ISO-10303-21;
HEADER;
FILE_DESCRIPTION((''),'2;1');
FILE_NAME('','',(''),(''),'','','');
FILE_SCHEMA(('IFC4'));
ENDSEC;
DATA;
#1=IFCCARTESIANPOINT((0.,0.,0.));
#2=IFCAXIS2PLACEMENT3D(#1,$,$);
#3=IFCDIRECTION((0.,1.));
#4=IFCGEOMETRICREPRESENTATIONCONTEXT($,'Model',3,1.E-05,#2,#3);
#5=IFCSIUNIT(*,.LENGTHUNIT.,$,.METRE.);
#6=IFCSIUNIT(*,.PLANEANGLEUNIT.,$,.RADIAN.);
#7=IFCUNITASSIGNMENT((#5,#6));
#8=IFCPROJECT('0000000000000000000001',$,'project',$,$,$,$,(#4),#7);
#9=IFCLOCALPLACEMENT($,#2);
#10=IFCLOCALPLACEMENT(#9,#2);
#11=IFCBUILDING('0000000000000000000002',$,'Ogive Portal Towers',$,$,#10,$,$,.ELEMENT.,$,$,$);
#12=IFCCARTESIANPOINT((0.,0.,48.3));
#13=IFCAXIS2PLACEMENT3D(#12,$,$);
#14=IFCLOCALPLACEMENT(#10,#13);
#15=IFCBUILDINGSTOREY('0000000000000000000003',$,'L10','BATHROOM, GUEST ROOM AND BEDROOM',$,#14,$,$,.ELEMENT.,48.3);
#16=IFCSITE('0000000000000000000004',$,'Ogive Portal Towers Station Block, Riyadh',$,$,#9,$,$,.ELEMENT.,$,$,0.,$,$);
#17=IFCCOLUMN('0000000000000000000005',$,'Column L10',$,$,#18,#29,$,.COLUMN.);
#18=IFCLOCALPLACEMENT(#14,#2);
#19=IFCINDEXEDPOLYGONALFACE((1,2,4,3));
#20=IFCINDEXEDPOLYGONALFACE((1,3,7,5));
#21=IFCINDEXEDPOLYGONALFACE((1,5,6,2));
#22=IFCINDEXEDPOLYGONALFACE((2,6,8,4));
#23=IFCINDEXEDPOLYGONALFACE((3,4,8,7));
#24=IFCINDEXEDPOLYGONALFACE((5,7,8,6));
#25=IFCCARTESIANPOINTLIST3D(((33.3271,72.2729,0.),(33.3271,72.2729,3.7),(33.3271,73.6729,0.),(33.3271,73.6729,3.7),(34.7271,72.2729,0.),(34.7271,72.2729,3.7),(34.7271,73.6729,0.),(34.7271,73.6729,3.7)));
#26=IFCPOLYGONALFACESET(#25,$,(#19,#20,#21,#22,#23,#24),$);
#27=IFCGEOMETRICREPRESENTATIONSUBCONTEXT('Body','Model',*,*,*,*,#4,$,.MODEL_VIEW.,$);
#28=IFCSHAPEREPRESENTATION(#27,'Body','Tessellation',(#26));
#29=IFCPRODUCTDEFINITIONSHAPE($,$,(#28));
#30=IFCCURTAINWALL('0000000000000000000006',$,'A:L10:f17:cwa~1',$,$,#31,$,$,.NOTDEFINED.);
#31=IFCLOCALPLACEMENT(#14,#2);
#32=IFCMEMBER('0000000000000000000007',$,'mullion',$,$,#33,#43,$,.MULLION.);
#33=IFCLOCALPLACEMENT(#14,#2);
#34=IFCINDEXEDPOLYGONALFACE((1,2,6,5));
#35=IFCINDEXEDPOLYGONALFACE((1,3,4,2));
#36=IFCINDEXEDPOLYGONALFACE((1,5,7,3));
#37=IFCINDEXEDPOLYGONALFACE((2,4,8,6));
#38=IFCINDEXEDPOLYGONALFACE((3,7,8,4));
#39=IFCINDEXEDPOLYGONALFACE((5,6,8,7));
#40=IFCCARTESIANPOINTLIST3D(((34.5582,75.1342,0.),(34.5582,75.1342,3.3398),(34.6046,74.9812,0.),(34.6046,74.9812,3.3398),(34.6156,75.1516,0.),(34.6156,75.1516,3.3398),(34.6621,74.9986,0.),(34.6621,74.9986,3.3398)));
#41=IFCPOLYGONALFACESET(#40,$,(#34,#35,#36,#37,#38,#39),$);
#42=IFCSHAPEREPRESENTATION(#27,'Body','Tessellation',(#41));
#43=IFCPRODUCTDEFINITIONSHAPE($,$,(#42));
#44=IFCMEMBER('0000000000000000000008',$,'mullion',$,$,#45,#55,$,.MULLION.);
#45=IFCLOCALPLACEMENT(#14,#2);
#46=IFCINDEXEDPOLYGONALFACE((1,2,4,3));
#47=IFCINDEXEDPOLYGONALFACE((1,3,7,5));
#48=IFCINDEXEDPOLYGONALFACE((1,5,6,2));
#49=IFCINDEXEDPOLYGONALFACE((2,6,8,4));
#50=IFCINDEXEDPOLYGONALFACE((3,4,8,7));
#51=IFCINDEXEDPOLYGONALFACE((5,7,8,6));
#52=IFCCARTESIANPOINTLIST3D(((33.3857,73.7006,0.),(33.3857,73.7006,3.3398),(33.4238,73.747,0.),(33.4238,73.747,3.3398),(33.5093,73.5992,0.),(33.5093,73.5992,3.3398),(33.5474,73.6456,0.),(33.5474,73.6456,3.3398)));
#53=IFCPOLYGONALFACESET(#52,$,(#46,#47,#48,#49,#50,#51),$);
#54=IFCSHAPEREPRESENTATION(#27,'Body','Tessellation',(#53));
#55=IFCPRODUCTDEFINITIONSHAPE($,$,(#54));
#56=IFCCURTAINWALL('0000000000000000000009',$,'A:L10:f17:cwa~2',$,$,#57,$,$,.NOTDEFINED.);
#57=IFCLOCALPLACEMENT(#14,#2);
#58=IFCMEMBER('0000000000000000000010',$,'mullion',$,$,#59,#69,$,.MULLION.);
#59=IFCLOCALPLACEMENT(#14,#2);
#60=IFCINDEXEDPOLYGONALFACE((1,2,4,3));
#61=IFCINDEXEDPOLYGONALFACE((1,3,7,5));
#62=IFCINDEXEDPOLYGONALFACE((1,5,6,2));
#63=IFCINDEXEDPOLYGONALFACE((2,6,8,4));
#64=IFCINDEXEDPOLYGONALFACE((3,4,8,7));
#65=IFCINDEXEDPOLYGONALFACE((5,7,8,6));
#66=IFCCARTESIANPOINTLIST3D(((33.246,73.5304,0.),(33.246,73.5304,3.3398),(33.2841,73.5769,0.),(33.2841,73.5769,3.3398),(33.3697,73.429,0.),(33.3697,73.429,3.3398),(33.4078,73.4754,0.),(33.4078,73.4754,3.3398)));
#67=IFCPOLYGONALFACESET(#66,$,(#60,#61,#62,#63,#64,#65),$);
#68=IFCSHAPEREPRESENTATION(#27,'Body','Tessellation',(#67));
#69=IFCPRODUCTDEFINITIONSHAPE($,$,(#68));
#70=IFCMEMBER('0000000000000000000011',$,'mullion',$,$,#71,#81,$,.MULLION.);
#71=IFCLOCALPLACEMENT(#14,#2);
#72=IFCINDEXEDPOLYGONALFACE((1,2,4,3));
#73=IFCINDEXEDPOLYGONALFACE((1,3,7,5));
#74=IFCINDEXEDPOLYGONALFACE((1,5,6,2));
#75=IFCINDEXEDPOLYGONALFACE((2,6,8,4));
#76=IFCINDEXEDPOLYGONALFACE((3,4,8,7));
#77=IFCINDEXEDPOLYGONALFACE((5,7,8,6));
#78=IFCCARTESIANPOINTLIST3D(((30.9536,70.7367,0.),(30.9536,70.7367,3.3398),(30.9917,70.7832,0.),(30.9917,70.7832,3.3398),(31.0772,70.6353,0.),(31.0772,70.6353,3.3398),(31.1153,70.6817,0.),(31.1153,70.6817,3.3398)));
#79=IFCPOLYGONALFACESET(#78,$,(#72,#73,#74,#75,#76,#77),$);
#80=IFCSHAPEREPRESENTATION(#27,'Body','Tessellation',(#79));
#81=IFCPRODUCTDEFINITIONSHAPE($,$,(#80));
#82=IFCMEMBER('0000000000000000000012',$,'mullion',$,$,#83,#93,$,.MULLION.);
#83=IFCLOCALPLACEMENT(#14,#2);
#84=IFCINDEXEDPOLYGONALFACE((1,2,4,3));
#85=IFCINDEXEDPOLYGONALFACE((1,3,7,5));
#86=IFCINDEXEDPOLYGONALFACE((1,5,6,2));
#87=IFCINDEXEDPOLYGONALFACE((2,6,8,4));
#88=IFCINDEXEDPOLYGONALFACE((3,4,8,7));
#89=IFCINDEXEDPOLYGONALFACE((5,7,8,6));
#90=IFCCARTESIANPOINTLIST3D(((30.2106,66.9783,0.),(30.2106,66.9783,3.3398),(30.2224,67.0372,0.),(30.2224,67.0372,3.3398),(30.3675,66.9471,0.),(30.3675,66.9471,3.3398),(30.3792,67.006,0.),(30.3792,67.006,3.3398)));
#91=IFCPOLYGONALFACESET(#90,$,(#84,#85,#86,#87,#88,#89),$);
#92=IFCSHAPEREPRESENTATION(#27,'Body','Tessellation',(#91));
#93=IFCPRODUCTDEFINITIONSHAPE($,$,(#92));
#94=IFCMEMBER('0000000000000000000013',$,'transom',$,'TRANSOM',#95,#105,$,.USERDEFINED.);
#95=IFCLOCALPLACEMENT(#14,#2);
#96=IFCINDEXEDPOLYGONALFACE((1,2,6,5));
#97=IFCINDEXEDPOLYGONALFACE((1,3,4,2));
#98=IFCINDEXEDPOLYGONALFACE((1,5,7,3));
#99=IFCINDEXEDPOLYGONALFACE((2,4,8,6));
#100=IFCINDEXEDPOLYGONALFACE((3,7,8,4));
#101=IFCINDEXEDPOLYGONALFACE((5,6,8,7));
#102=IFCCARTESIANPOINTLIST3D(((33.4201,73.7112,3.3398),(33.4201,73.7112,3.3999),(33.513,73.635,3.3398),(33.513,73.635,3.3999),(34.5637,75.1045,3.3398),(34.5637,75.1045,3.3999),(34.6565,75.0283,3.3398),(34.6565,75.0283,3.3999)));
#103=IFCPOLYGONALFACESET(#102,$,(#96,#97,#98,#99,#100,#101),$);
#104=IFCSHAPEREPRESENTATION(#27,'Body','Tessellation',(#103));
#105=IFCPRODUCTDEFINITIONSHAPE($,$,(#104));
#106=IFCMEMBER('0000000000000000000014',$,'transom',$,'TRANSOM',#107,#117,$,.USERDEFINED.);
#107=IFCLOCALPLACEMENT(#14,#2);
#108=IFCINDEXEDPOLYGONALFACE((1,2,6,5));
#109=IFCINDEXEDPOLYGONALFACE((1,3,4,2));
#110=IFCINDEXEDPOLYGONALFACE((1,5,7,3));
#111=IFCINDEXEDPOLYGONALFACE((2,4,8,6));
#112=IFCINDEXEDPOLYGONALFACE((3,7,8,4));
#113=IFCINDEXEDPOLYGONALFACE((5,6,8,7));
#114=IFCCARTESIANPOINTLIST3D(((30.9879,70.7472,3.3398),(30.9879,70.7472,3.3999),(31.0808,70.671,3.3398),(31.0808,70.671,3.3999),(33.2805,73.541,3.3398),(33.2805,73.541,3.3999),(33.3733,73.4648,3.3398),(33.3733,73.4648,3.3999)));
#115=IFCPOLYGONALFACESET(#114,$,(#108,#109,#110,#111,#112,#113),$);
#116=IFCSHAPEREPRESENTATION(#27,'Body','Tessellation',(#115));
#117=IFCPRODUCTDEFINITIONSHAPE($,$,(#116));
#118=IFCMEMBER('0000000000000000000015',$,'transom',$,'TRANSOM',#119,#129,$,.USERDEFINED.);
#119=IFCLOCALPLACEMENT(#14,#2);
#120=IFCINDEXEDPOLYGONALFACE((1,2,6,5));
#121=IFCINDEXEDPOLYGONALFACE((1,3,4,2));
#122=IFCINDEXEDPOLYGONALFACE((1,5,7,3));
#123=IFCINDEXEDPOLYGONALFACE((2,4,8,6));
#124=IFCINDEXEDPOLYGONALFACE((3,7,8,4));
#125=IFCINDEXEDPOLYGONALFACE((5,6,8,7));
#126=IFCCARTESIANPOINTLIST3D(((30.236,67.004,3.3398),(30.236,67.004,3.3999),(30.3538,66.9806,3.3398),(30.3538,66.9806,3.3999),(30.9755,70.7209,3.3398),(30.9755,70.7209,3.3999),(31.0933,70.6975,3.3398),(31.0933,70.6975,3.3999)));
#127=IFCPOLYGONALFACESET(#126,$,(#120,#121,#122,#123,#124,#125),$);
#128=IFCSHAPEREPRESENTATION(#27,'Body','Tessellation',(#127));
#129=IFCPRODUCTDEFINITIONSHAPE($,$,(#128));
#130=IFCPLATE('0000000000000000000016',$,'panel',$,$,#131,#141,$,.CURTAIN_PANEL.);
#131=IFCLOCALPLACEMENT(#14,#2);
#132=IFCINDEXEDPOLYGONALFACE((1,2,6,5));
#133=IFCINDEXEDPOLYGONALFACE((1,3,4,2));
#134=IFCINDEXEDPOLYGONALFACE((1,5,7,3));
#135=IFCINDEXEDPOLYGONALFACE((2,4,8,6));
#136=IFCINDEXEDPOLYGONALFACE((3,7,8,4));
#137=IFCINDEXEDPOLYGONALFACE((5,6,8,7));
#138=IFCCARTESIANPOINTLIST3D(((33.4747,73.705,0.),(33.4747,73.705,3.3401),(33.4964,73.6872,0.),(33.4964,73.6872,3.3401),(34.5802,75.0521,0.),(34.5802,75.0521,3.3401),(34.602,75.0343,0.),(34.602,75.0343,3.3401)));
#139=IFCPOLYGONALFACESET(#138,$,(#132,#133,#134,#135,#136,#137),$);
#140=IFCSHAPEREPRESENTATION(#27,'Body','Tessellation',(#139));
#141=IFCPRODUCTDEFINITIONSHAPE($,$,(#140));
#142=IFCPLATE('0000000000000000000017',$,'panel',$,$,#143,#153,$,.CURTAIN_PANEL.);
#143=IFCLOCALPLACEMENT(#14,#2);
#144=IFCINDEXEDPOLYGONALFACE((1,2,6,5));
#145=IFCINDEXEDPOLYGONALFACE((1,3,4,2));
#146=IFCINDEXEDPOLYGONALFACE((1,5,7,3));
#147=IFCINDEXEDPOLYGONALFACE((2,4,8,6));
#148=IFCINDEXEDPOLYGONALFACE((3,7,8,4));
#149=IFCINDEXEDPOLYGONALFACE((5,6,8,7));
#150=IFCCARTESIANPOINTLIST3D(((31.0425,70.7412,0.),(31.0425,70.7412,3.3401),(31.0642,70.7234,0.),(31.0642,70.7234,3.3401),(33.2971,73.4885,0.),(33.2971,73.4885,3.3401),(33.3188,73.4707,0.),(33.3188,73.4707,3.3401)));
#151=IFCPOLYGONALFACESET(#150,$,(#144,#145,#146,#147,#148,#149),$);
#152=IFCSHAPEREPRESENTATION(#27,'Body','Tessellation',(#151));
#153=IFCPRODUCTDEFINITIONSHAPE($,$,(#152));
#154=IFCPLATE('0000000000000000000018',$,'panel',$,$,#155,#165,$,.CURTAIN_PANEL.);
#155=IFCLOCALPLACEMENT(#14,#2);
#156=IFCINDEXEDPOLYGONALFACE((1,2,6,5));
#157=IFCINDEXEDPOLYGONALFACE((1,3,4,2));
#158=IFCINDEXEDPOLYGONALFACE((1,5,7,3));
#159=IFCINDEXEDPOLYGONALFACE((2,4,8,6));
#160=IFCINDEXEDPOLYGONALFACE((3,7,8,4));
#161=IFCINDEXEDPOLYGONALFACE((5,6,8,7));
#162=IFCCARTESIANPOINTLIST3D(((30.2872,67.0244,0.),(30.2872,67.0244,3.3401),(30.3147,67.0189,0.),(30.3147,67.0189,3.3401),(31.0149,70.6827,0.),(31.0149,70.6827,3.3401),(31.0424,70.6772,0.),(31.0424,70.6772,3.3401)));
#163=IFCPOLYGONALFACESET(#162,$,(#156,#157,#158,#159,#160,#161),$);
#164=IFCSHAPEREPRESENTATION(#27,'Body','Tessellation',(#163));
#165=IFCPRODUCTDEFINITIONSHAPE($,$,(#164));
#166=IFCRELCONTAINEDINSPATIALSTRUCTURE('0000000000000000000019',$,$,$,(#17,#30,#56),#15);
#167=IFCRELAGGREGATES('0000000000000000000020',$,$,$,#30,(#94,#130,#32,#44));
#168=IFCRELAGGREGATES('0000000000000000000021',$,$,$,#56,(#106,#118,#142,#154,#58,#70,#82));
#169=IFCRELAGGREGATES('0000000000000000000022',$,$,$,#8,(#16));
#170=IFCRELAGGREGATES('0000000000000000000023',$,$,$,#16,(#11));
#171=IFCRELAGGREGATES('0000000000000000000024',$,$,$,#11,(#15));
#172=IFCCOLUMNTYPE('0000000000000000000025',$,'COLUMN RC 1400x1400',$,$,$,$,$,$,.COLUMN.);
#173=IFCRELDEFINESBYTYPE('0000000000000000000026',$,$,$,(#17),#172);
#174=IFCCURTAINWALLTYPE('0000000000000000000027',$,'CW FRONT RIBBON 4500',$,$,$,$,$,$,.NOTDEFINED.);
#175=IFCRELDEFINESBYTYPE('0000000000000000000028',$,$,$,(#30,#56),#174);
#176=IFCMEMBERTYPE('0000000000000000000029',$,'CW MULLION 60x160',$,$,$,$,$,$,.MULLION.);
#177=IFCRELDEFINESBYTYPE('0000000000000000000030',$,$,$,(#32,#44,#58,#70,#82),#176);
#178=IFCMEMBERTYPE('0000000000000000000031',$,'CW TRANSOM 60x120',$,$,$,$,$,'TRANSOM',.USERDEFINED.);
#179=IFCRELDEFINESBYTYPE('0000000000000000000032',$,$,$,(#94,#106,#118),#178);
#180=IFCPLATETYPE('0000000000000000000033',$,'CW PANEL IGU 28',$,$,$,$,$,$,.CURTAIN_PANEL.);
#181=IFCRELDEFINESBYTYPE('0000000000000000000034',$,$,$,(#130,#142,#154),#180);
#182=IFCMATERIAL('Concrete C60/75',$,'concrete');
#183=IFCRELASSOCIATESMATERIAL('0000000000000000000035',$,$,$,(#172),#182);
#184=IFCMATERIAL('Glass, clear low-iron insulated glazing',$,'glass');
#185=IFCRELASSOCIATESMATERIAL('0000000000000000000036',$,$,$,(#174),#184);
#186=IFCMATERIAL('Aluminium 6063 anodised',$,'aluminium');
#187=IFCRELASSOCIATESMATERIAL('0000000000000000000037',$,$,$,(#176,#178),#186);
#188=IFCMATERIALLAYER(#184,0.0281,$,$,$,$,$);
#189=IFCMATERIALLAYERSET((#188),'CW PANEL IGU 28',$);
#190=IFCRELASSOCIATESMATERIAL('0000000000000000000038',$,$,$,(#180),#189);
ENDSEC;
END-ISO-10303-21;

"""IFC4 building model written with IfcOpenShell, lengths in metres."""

from ifc_helpers import new_model, si_unit, direction, frame, origin, origin_2d, place, context, subcontext, project, spatial, rectangle, extrude, material, layer, layer_set, material_profile, profile_set, type_object, element, aggregate, save


model = new_model("IFC4")

# Units and contexts
model_context = context("Model", 3, precision=1e-05, world=origin(), true_north=direction((0.0, 1.0)))
body_context = subcontext(model_context, "Body", "Model", "MODEL_VIEW")
ifc_project = project(units=[si_unit("LENGTHUNIT", "METRE"), si_unit("PLANEANGLEUNIT", "RADIAN")], contexts=[model_context])

# Site, building, storey
site_placement = place(None, origin())
site = spatial("IfcSite", under=ifc_project, at=site_placement, Name="Ogive Portal Towers Station Block, Riyadh", CompositionType="ELEMENT", RefElevation=0.0)
building_placement = place(site_placement, origin())
building = spatial("IfcBuilding", under=site, at=building_placement, Name="Ogive Portal Towers", CompositionType="ELEMENT")
storey_placement = place(building_placement, frame((0.0, 0.0, 48.3)))
storey = spatial("IfcBuildingStorey", under=building, at=storey_placement, Name="L10", Description="BATHROOM, GUEST ROOM AND BEDROOM", CompositionType="ELEMENT", Elevation=48.3)

# Column
ifc_material_1 = material(Name="Concrete C60/75", Category="concrete")
ifc_material_profile_1 = material_profile(ifc_material_1, rectangle(XDim=1.3999, YDim=1.3999, at=origin_2d()), Name="RC 1400x1400")
ifc_profile_set_1 = profile_set([ifc_material_profile_1], Name="Concrete C60/75")
column_type = type_object("IfcColumnType", Name="COLUMN RC 1400x1400", PredefinedType="COLUMN", material=ifc_profile_set_1)
column_placement = place(storey_placement, frame((34.0271, 72.9729, 0.0), z_axis=(0.0, 0.0, 1.0), x_axis=(1.0, 0.0, 0.0)))
element("IfcColumn", 1, at=column_placement, inside=storey, type_object=column_type, Name="Column L10", PredefinedType="COLUMN", context=body_context, shape_type="SweptSolid", body=[
    extrude(rectangle(XDim=1.3999, YDim=1.3999, at=origin_2d()), origin(), (0.0, 0.0, 1.0), 3.7),
])

# Curtain walls, members
ifc_material_2 = material(Name="Glass, clear low-iron insulated glazing", Category="glass")
curtain_wall_type = type_object("IfcCurtainWallType", Name="CW FRONT RIBBON 4500", PredefinedType="NOTDEFINED", material=ifc_material_2)
curtain_wall_1_placement = place(storey_placement, origin())
curtain_wall_1 = element("IfcCurtainWall", 2, at=curtain_wall_1_placement, inside=storey, type_object=curtain_wall_type, Name="A:L10:f17:cwa~1", PredefinedType="NOTDEFINED")
ifc_material_3 = material(Name="Aluminium 6063 anodised", Category="aluminium")
ifc_material_profile_2 = material_profile(ifc_material_3, rectangle(XDim=0.1599, YDim=0.0601, at=origin_2d()), Name="AL 60x160")
ifc_profile_set_2 = profile_set([ifc_material_profile_2], Name="Aluminium 6063 anodised")
member_type_1 = type_object("IfcMemberType", Name="CW MULLION 60x160", PredefinedType="MULLION", material=ifc_profile_set_2)
member_1_placement = place(storey_placement, frame((34.6101, 75.0664, 0.0), z_axis=(0.0, 0.0, 1.0), x_axis=(0.290285, -0.95694, 0.0)))
member_1 = element("IfcMember", 3, at=member_1_placement, type_object=member_type_1, Name="mullion", PredefinedType="MULLION", context=body_context, shape_type="SweptSolid", body=[
    extrude(rectangle(XDim=0.1599, YDim=0.0601, at=origin_2d()), origin(), (0.0, 0.0, 1.0), 3.3398),
])
member_2_placement = place(storey_placement, frame((33.4666, 73.6731, 0.0), z_axis=(0.0, 0.0, 1.0), x_axis=(0.77301, -0.634393, 0.0)))
member_2 = element("IfcMember", 4, at=member_2_placement, type_object=member_type_1, Name="mullion", PredefinedType="MULLION", context=body_context, shape_type="SweptSolid", body=[
    extrude(rectangle(XDim=0.1599, YDim=0.0601, at=origin_2d()), origin(), (0.0, 0.0, 1.0), 3.3398),
])
curtain_wall_2_placement = place(storey_placement, origin())
curtain_wall_2 = element("IfcCurtainWall", 5, at=curtain_wall_2_placement, inside=storey, type_object=curtain_wall_type, Name="A:L10:f17:cwa~2", PredefinedType="NOTDEFINED")
member_3_placement = place(storey_placement, frame((33.3269, 73.5029, 0.0), z_axis=(0.0, 0.0, 1.0), x_axis=(0.77301, -0.634393, 0.0)))
member_3 = element("IfcMember", 6, at=member_3_placement, type_object=member_type_1, Name="mullion", PredefinedType="MULLION", context=body_context, shape_type="SweptSolid", body=[
    extrude(rectangle(XDim=0.1599, YDim=0.0601, at=origin_2d()), origin(), (0.0, 0.0, 1.0), 3.3398),
])
member_4_placement = place(storey_placement, frame((31.0344, 70.7092, 0.0), z_axis=(0.0, 0.0, 1.0), x_axis=(0.77301, -0.634393, 0.0)))
member_4 = element("IfcMember", 7, at=member_4_placement, type_object=member_type_1, Name="mullion", PredefinedType="MULLION", context=body_context, shape_type="SweptSolid", body=[
    extrude(rectangle(XDim=0.1599, YDim=0.0601, at=origin_2d()), origin(), (0.0, 0.0, 1.0), 3.3398),
])
member_5_placement = place(storey_placement, frame((30.2949, 66.9922, 0.0), z_axis=(0.0, 0.0, 1.0), x_axis=(0.980785, -0.19509, 0.0)))
member_5 = element("IfcMember", 8, at=member_5_placement, type_object=member_type_1, Name="mullion", PredefinedType="MULLION", context=body_context, shape_type="SweptSolid", body=[
    extrude(rectangle(XDim=0.1599, YDim=0.0601, at=origin_2d()), origin(), (0.0, 0.0, 1.0), 3.3398),
])

# Members
ifc_material_profile_3 = material_profile(ifc_material_3, rectangle(XDim=0.1201, YDim=0.0601, at=origin_2d()), Name="AL 120x60")
ifc_profile_set_3 = profile_set([ifc_material_profile_3], Name="Aluminium 6063 anodised")
member_type_2 = type_object("IfcMemberType", Name="CW TRANSOM 60x120", ElementType="TRANSOM", PredefinedType="USERDEFINED", material=ifc_profile_set_3)
member_6_placement = place(storey_placement, frame((34.6101, 75.0664, 3.3699), z_axis=(-0.634425, -0.772985, 0.0), x_axis=(0.772985, -0.634425, 0.0)))
member_6 = element("IfcMember", 9, at=member_6_placement, type_object=member_type_2, Name="transom", ObjectType="TRANSOM", PredefinedType="USERDEFINED", context=body_context, shape_type="SweptSolid", body=[
    extrude(rectangle(XDim=0.1201, YDim=0.0601, at=origin_2d()), origin(), (0.0, 0.0, 1.0), 1.8025),
])
member_7_placement = place(storey_placement, frame((33.3269, 73.5029, 3.3699), z_axis=(-0.634352, -0.773044, 0.0), x_axis=(0.773044, -0.634352, 0.0)))
member_7 = element("IfcMember", 10, at=member_7_placement, type_object=member_type_2, Name="transom", ObjectType="TRANSOM", PredefinedType="USERDEFINED", context=body_context, shape_type="SweptSolid", body=[
    extrude(rectangle(XDim=0.1201, YDim=0.0601, at=origin_2d()), origin(), (0.0, 0.0, 1.0), 3.614),
])
member_8_placement = place(storey_placement, frame((31.0344, 70.7092, 3.3699), z_axis=(-0.195125, -0.980778, 0.0), x_axis=(0.980778, -0.195125, 0.0)))
member_8 = element("IfcMember", 11, at=member_8_placement, type_object=member_type_2, Name="transom", ObjectType="TRANSOM", PredefinedType="USERDEFINED", context=body_context, shape_type="SweptSolid", body=[
    extrude(rectangle(XDim=0.1201, YDim=0.0601, at=origin_2d()), origin(), (0.0, 0.0, 1.0), 3.7898),
])

# Plates
ifc_layer_1 = layer(ifc_material_2, 0.0281)
ifc_layer_set_1 = layer_set([ifc_layer_1], Name="CW PANEL IGU 28")
plate_type = type_object("IfcPlateType", Name="CW PANEL IGU 28", PredefinedType="CURTAIN_PANEL", material=ifc_layer_set_1)
plate_1_placement = place(storey_placement, frame((34.0383, 74.3696, 0.0), z_axis=(0.0, 0.0, 1.0), x_axis=(-0.634393, -0.77301, 0.0)))
plate_1 = element("IfcPlate", 12, at=plate_1_placement, type_object=plate_type, Name="panel", PredefinedType="CURTAIN_PANEL", context=body_context, shape_type="SweptSolid", body=[
    extrude(rectangle(XDim=1.7427, YDim=0.0281, at=origin_2d()), origin(), (0.0, 0.0, 1.0), 3.3401),
])
aggregate(curtain_wall_1, [member_6, plate_1, member_1, member_2])
plate_2_placement = place(storey_placement, frame((32.1807, 72.106, 0.0), z_axis=(0.0, 0.0, 1.0), x_axis=(-0.634393, -0.77301, 0.0)))
plate_2 = element("IfcPlate", 13, at=plate_2_placement, type_object=plate_type, Name="panel", PredefinedType="CURTAIN_PANEL", context=body_context, shape_type="SweptSolid", body=[
    extrude(rectangle(XDim=3.554, YDim=0.0281, at=origin_2d()), origin(), (0.0, 0.0, 1.0), 3.3401),
])
plate_3_placement = place(storey_placement, frame((30.6648, 68.8508, 0.0), z_axis=(0.0, 0.0, 1.0), x_axis=(-0.19509, -0.980785, 0.0)))
plate_3 = element("IfcPlate", 14, at=plate_3_placement, type_object=plate_type, Name="panel", PredefinedType="CURTAIN_PANEL", context=body_context, shape_type="SweptSolid", body=[
    extrude(rectangle(XDim=3.73, YDim=0.0281, at=origin_2d()), origin(), (0.0, 0.0, 1.0), 3.3401),
])
aggregate(curtain_wall_2, [member_7, member_8, plate_2, plate_3, member_3, member_4, member_5])

save(model, "model.ifc")
